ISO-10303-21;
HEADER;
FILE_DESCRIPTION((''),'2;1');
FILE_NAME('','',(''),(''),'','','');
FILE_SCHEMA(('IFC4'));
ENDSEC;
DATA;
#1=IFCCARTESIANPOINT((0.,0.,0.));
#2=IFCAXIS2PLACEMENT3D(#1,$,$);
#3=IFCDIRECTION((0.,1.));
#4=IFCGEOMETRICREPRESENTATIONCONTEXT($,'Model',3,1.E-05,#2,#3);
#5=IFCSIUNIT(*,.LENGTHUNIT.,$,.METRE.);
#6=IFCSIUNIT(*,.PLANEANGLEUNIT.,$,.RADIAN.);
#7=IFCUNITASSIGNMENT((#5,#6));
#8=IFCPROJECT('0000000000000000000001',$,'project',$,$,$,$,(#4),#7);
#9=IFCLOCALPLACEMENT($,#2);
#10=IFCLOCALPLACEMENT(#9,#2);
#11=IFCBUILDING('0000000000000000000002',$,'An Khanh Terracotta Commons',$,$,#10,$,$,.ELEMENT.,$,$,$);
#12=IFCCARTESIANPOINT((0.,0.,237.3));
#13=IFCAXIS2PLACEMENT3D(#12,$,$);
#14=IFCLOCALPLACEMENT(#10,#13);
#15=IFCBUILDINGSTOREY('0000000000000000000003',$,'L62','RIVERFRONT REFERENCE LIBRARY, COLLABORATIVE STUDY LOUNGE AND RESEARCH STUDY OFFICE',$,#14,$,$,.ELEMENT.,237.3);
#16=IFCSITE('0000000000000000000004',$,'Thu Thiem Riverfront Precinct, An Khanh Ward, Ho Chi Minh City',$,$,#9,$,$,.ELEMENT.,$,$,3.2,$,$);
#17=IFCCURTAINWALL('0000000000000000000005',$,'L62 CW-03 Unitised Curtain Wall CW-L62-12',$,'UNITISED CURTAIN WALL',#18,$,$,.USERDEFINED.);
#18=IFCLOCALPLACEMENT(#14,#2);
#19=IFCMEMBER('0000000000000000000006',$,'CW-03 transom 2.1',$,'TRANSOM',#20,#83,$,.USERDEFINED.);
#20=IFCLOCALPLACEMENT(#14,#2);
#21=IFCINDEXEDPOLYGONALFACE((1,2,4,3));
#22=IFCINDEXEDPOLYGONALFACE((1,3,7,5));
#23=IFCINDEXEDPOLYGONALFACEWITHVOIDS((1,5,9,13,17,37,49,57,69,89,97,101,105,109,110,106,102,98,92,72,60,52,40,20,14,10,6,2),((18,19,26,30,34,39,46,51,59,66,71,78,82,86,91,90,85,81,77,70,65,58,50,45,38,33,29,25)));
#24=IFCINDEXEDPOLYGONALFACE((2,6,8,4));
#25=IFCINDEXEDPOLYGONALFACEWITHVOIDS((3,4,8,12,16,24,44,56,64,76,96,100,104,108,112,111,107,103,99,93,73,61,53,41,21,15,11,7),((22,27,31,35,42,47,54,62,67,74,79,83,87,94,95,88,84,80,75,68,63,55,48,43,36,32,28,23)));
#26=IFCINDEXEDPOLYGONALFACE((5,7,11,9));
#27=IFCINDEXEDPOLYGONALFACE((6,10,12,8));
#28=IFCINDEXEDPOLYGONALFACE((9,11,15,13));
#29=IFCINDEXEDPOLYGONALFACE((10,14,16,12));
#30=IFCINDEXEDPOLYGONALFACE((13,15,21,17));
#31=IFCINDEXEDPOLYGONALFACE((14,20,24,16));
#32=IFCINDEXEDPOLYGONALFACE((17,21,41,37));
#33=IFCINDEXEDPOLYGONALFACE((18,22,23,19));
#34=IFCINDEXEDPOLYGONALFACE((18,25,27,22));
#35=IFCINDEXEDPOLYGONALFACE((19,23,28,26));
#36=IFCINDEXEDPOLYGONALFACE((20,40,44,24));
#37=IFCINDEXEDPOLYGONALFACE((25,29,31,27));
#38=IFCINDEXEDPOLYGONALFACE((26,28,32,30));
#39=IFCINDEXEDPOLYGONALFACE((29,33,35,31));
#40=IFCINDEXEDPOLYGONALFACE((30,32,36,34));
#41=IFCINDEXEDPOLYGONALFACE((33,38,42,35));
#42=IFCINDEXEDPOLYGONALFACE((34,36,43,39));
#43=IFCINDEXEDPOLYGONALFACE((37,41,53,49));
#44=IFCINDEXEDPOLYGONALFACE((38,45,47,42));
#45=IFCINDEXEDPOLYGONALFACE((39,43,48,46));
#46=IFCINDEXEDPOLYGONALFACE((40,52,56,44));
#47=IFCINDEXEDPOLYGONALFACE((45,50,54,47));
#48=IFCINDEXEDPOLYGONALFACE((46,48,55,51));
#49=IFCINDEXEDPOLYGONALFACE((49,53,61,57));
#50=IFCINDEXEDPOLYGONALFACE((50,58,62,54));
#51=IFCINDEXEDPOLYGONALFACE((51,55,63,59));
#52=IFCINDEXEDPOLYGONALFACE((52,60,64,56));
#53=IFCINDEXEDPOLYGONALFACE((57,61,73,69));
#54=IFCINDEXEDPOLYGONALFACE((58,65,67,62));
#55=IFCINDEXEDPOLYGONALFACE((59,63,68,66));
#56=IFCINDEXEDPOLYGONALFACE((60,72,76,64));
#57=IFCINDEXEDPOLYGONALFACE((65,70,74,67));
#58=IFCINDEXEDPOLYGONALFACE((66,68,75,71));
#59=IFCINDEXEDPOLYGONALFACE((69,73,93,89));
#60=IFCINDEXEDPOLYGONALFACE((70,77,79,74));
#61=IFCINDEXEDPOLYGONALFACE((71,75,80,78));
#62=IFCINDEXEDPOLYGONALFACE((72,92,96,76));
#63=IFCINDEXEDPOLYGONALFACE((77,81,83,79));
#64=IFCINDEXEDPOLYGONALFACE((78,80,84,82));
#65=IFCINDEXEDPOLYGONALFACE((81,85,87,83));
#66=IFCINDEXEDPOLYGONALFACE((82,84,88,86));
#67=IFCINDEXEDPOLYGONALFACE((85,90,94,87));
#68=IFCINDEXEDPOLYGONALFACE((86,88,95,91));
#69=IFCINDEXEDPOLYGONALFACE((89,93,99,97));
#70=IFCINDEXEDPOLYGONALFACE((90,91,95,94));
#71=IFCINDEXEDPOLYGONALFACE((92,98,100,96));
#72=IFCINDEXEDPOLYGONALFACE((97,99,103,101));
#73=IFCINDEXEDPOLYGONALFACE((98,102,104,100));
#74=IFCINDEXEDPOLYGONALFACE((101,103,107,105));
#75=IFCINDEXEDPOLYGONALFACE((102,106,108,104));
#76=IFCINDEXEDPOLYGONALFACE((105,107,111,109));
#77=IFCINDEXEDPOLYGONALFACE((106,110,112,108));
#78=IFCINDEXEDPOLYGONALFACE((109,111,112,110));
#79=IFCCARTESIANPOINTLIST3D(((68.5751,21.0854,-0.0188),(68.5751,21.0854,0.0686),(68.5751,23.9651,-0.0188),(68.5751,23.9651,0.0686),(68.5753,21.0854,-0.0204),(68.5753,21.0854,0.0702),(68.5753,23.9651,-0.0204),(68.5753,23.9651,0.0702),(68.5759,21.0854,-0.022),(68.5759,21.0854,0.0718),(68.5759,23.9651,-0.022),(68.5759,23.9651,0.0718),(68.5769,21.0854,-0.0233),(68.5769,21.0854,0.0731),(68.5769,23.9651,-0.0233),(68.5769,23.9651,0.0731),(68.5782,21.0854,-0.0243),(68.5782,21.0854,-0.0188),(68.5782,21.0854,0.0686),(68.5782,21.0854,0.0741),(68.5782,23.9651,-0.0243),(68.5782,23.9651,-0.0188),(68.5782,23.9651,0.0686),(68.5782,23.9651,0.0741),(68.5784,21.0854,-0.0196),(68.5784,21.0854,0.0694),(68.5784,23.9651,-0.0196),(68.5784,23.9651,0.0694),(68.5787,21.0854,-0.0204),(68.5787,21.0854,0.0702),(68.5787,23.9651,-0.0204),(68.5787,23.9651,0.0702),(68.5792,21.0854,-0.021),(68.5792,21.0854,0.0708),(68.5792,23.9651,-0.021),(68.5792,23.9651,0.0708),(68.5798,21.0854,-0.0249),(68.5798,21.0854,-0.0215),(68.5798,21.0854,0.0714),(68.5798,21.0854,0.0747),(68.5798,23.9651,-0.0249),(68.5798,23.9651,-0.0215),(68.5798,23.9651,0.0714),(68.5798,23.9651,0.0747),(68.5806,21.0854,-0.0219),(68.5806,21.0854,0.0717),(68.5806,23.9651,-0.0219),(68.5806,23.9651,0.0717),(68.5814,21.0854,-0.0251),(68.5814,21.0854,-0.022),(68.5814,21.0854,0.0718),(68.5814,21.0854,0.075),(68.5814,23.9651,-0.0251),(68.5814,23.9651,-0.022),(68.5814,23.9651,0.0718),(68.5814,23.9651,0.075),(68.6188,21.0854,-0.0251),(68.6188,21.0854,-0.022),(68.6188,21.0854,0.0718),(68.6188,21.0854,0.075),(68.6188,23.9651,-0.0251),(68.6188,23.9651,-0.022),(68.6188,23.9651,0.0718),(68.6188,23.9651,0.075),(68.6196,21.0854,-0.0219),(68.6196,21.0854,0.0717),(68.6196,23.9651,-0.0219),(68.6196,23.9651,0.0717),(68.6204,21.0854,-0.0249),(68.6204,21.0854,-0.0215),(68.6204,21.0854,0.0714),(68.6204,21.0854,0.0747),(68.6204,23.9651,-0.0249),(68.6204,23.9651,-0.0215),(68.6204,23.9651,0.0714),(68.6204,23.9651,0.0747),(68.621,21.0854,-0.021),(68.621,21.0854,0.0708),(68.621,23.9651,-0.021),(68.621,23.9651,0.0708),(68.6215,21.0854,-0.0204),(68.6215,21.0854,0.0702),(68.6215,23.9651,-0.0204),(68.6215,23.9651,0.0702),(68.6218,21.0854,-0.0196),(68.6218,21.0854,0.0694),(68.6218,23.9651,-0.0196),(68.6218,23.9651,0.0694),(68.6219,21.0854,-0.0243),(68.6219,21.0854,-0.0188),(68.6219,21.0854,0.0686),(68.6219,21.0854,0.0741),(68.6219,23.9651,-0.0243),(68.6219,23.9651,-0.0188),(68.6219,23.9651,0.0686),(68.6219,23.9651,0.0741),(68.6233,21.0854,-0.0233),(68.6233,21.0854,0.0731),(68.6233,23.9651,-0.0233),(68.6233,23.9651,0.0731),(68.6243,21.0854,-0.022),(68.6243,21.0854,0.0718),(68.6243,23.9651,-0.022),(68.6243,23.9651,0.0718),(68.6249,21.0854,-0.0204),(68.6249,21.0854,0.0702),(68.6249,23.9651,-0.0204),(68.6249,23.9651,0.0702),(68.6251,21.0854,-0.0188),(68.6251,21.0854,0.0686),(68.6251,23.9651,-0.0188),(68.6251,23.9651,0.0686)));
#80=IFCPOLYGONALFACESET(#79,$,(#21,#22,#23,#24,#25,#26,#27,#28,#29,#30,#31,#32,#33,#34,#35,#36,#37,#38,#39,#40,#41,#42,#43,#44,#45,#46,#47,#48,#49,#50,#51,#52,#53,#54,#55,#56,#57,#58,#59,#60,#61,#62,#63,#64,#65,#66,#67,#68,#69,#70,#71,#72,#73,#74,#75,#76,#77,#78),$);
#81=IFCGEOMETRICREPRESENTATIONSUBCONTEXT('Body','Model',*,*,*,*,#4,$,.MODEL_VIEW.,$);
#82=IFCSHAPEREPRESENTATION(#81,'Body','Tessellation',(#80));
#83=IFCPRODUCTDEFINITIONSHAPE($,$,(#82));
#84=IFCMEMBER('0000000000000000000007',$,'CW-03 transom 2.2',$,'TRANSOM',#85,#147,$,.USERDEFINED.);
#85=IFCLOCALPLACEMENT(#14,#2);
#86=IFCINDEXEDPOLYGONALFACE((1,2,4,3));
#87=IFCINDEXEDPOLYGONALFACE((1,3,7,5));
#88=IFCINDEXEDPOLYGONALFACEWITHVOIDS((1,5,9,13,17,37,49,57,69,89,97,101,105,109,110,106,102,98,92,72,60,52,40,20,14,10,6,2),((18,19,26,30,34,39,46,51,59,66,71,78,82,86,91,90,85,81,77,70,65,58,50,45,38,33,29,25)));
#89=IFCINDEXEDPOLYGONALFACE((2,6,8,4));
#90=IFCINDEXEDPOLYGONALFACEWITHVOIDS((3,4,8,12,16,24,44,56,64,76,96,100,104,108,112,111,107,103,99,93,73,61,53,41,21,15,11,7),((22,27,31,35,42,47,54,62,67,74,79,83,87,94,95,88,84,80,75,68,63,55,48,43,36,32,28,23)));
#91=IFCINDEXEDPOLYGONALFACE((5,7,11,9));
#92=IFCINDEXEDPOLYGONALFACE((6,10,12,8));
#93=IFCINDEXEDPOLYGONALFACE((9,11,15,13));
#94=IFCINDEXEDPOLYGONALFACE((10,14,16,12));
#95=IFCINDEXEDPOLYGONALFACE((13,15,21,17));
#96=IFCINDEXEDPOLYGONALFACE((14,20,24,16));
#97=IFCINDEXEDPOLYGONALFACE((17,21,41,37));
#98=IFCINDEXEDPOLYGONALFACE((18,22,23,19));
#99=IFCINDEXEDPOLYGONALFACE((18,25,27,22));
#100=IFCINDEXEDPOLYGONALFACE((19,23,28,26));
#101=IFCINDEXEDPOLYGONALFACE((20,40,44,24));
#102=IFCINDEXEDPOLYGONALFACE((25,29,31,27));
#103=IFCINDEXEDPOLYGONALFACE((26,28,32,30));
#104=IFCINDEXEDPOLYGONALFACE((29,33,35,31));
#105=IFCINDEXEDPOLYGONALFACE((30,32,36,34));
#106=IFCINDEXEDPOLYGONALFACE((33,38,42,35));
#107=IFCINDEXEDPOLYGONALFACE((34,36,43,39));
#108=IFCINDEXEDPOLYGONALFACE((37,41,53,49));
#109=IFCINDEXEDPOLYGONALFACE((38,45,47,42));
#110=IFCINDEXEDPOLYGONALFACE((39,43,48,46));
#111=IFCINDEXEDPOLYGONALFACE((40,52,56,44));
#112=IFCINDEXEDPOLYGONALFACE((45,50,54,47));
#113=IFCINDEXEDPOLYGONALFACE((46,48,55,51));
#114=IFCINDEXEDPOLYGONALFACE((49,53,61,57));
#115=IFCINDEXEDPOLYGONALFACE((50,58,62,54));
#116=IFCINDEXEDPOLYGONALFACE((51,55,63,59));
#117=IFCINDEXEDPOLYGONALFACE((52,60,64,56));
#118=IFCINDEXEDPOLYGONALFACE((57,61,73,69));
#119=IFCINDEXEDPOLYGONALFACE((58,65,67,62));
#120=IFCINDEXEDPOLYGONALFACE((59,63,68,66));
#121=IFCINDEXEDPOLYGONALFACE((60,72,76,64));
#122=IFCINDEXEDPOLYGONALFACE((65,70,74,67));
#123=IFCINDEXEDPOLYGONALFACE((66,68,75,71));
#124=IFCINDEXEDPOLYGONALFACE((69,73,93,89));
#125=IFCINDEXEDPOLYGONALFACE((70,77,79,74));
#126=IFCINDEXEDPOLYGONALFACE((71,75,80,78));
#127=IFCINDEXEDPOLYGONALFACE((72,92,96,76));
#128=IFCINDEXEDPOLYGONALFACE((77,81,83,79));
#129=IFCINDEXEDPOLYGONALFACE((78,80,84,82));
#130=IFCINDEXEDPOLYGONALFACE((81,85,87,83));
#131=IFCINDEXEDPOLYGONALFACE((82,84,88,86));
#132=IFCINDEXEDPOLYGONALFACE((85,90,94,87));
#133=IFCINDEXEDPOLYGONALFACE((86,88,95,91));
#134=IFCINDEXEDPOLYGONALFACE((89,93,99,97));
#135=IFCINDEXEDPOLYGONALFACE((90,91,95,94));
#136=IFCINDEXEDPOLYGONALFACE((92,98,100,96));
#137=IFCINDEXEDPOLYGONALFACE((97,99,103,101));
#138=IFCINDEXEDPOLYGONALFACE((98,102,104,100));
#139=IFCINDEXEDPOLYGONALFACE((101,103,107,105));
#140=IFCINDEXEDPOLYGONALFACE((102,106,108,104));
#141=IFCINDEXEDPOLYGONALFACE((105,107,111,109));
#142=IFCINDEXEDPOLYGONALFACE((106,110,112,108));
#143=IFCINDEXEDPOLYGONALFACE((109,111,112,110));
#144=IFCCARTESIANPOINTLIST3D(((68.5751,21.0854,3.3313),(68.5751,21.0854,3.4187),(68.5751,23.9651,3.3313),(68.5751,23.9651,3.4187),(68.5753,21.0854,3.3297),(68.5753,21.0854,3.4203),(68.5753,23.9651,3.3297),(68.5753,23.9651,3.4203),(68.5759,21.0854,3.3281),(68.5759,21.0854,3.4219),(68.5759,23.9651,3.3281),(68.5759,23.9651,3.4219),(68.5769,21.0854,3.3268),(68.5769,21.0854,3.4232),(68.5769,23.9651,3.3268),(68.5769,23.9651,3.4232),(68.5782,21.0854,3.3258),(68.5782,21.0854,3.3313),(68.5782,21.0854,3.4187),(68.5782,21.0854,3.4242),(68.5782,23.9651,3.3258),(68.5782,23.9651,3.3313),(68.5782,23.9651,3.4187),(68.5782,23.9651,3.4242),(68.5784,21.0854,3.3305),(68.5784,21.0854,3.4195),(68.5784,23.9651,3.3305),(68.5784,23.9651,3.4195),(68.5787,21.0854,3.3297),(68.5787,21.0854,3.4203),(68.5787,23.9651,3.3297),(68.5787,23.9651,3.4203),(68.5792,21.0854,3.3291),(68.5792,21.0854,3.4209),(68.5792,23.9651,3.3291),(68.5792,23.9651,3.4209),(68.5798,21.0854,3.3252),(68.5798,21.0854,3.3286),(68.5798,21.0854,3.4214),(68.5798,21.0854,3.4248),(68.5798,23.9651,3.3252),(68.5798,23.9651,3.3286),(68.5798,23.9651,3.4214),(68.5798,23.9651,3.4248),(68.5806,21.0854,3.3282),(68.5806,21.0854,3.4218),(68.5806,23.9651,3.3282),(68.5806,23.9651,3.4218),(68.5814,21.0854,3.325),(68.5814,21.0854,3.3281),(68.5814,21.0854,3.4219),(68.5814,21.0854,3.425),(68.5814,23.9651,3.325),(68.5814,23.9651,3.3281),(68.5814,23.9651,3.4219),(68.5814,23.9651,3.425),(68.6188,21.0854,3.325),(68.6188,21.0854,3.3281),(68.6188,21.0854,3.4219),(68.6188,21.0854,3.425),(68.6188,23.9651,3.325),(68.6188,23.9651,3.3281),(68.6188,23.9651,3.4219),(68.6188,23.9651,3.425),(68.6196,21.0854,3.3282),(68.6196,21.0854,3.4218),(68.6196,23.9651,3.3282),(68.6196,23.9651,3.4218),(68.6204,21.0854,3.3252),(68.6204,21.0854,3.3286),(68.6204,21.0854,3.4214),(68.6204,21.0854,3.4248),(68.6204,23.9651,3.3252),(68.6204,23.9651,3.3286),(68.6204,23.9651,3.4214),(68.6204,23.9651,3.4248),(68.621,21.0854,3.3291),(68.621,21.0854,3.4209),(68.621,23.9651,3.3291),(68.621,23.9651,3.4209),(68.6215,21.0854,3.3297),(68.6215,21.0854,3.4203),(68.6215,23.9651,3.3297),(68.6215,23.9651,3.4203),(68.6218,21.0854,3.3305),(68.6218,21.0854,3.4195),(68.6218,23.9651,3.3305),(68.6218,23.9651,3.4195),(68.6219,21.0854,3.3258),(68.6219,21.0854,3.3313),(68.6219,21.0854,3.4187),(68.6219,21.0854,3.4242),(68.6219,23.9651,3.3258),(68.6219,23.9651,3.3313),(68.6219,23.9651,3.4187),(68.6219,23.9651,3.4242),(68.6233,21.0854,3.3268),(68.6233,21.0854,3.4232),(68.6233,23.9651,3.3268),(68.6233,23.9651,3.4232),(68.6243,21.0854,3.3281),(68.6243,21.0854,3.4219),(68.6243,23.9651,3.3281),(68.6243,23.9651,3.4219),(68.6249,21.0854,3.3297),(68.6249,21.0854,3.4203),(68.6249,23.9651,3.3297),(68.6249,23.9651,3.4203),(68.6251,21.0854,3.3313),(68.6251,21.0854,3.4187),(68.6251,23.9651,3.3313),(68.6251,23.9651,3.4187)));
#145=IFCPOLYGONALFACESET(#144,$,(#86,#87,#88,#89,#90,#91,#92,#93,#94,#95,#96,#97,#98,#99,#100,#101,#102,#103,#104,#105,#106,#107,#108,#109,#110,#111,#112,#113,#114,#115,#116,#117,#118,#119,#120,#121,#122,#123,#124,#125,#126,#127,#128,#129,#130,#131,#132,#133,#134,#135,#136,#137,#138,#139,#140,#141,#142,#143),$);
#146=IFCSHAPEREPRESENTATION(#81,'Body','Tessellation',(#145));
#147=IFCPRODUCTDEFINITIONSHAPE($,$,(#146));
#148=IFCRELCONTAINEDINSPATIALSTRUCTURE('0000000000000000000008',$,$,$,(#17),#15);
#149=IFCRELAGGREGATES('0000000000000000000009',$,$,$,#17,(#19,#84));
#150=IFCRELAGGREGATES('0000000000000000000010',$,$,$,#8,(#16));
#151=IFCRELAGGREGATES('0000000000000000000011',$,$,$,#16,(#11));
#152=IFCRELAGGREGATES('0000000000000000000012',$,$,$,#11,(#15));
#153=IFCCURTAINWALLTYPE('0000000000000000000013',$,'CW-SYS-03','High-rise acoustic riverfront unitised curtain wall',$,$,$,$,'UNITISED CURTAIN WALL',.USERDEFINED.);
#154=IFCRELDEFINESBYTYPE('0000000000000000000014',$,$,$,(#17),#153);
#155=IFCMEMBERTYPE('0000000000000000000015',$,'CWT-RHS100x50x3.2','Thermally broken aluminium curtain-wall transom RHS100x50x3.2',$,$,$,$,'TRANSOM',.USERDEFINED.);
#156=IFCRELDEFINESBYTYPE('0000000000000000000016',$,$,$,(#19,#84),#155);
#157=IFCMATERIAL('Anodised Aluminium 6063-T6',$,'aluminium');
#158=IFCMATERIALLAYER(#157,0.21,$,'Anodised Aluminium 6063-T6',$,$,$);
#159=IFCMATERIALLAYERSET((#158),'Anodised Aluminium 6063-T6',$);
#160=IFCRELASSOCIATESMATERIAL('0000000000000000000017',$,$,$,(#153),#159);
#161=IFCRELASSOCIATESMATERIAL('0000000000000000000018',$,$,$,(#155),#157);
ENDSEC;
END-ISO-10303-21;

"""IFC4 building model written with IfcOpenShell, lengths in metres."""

from ifc_helpers import new_model, si_unit, direction, frame, origin, origin_2d, place, context, subcontext, project, spatial, hollow_rectangle, extrude, material, layer, layer_set, material_profile, profile_set, type_object, element, aggregate, save


model = new_model("IFC4")

# Units and contexts
model_context = context("Model", 3, precision=1e-05, world=origin(), true_north=direction((0.0, 1.0)))
body_context = subcontext(model_context, "Body", "Model", "MODEL_VIEW")
ifc_project = project(units=[si_unit("LENGTHUNIT", "METRE"), si_unit("PLANEANGLEUNIT", "RADIAN")], contexts=[model_context])

# Site, building, storey
site_placement = place(None, origin())
site = spatial("IfcSite", under=ifc_project, at=site_placement, Name="Thu Thiem Riverfront Precinct, An Khanh Ward, Ho Chi Minh City", CompositionType="ELEMENT", RefElevation=3.2)
building_placement = place(site_placement, origin())
building = spatial("IfcBuilding", under=site, at=building_placement, Name="An Khanh Terracotta Commons", CompositionType="ELEMENT")
storey_placement = place(building_placement, frame((0.0, 0.0, 237.3)))
storey = spatial("IfcBuildingStorey", under=building, at=storey_placement, Name="L62", Description="RIVERFRONT REFERENCE LIBRARY, COLLABORATIVE STUDY LOUNGE AND RESEARCH STUDY OFFICE", CompositionType="ELEMENT", Elevation=237.3)

# Curtain wall
ifc_material_1 = material(Name="Anodised Aluminium 6063-T6", Category="aluminium")
ifc_layer_1 = layer(ifc_material_1, 0.21, Name="Anodised Aluminium 6063-T6")
ifc_layer_set_1 = layer_set([ifc_layer_1], Name="Anodised Aluminium 6063-T6")
curtain_wall_type = type_object("IfcCurtainWallType", Name="CW-SYS-03", Description="High-rise acoustic riverfront unitised curtain wall", ElementType="UNITISED CURTAIN WALL", PredefinedType="USERDEFINED", material=ifc_layer_set_1)
curtain_wall_1_placement = place(storey_placement, origin())
curtain_wall_1 = element("IfcCurtainWall", 1, at=curtain_wall_1_placement, inside=storey, type_object=curtain_wall_type, Name="L62 CW-03 Unitised Curtain Wall CW-L62-12", ObjectType="UNITISED CURTAIN WALL", PredefinedType="USERDEFINED")

# Members
ifc_material_profile_1 = material_profile(ifc_material_1, hollow_rectangle(XDim=0.05, YDim=0.1001, WallThickness=0.0032, InnerFilletRadius=0.0032, OuterFilletRadius=0.0063, at=origin_2d()), Name="RHS100x50x3.2")
ifc_profile_set_1 = profile_set([ifc_material_profile_1], Name="Anodised Aluminium 6063-T6")
member_type_1 = type_object("IfcMemberType", Name="CWT-RHS100x50x3.2", Description="Thermally broken aluminium curtain-wall transom RHS100x50x3.2", ElementType="TRANSOM", PredefinedType="USERDEFINED", material=ifc_profile_set_1)
member_1_placement = place(storey_placement, frame((68.6001, 21.0854, 0.0249), z_axis=(0.0, 1.0, 0.0), x_axis=(-1.0, 0.0, 0.0)))
member_1 = element("IfcMember", 2, at=member_1_placement, type_object=member_type_1, Name="CW-03 transom 2.1", ObjectType="TRANSOM", PredefinedType="USERDEFINED", context=body_context, shape_type="SweptSolid", body=[
    extrude(hollow_rectangle(XDim=0.05, YDim=0.1001, WallThickness=0.0032, InnerFilletRadius=0.0032, OuterFilletRadius=0.0063, at=origin_2d()), origin(), (0.0, 0.0, 1.0), 2.8796),
])
member_2_placement = place(storey_placement, frame((68.6001, 21.0854, 3.375), z_axis=(0.0, 1.0, 0.0), x_axis=(-1.0, 0.0, 0.0)))
member_2 = element("IfcMember", 3, at=member_2_placement, type_object=member_type_1, Name="CW-03 transom 2.2", ObjectType="TRANSOM", PredefinedType="USERDEFINED", context=body_context, shape_type="SweptSolid", body=[
    extrude(hollow_rectangle(XDim=0.05, YDim=0.1001, WallThickness=0.0032, InnerFilletRadius=0.0032, OuterFilletRadius=0.0063, at=origin_2d()), origin(), (0.0, 0.0, 1.0), 2.8796),
])

aggregate(curtain_wall_1, [member_1, member_2])

save(model, "model.ifc")
